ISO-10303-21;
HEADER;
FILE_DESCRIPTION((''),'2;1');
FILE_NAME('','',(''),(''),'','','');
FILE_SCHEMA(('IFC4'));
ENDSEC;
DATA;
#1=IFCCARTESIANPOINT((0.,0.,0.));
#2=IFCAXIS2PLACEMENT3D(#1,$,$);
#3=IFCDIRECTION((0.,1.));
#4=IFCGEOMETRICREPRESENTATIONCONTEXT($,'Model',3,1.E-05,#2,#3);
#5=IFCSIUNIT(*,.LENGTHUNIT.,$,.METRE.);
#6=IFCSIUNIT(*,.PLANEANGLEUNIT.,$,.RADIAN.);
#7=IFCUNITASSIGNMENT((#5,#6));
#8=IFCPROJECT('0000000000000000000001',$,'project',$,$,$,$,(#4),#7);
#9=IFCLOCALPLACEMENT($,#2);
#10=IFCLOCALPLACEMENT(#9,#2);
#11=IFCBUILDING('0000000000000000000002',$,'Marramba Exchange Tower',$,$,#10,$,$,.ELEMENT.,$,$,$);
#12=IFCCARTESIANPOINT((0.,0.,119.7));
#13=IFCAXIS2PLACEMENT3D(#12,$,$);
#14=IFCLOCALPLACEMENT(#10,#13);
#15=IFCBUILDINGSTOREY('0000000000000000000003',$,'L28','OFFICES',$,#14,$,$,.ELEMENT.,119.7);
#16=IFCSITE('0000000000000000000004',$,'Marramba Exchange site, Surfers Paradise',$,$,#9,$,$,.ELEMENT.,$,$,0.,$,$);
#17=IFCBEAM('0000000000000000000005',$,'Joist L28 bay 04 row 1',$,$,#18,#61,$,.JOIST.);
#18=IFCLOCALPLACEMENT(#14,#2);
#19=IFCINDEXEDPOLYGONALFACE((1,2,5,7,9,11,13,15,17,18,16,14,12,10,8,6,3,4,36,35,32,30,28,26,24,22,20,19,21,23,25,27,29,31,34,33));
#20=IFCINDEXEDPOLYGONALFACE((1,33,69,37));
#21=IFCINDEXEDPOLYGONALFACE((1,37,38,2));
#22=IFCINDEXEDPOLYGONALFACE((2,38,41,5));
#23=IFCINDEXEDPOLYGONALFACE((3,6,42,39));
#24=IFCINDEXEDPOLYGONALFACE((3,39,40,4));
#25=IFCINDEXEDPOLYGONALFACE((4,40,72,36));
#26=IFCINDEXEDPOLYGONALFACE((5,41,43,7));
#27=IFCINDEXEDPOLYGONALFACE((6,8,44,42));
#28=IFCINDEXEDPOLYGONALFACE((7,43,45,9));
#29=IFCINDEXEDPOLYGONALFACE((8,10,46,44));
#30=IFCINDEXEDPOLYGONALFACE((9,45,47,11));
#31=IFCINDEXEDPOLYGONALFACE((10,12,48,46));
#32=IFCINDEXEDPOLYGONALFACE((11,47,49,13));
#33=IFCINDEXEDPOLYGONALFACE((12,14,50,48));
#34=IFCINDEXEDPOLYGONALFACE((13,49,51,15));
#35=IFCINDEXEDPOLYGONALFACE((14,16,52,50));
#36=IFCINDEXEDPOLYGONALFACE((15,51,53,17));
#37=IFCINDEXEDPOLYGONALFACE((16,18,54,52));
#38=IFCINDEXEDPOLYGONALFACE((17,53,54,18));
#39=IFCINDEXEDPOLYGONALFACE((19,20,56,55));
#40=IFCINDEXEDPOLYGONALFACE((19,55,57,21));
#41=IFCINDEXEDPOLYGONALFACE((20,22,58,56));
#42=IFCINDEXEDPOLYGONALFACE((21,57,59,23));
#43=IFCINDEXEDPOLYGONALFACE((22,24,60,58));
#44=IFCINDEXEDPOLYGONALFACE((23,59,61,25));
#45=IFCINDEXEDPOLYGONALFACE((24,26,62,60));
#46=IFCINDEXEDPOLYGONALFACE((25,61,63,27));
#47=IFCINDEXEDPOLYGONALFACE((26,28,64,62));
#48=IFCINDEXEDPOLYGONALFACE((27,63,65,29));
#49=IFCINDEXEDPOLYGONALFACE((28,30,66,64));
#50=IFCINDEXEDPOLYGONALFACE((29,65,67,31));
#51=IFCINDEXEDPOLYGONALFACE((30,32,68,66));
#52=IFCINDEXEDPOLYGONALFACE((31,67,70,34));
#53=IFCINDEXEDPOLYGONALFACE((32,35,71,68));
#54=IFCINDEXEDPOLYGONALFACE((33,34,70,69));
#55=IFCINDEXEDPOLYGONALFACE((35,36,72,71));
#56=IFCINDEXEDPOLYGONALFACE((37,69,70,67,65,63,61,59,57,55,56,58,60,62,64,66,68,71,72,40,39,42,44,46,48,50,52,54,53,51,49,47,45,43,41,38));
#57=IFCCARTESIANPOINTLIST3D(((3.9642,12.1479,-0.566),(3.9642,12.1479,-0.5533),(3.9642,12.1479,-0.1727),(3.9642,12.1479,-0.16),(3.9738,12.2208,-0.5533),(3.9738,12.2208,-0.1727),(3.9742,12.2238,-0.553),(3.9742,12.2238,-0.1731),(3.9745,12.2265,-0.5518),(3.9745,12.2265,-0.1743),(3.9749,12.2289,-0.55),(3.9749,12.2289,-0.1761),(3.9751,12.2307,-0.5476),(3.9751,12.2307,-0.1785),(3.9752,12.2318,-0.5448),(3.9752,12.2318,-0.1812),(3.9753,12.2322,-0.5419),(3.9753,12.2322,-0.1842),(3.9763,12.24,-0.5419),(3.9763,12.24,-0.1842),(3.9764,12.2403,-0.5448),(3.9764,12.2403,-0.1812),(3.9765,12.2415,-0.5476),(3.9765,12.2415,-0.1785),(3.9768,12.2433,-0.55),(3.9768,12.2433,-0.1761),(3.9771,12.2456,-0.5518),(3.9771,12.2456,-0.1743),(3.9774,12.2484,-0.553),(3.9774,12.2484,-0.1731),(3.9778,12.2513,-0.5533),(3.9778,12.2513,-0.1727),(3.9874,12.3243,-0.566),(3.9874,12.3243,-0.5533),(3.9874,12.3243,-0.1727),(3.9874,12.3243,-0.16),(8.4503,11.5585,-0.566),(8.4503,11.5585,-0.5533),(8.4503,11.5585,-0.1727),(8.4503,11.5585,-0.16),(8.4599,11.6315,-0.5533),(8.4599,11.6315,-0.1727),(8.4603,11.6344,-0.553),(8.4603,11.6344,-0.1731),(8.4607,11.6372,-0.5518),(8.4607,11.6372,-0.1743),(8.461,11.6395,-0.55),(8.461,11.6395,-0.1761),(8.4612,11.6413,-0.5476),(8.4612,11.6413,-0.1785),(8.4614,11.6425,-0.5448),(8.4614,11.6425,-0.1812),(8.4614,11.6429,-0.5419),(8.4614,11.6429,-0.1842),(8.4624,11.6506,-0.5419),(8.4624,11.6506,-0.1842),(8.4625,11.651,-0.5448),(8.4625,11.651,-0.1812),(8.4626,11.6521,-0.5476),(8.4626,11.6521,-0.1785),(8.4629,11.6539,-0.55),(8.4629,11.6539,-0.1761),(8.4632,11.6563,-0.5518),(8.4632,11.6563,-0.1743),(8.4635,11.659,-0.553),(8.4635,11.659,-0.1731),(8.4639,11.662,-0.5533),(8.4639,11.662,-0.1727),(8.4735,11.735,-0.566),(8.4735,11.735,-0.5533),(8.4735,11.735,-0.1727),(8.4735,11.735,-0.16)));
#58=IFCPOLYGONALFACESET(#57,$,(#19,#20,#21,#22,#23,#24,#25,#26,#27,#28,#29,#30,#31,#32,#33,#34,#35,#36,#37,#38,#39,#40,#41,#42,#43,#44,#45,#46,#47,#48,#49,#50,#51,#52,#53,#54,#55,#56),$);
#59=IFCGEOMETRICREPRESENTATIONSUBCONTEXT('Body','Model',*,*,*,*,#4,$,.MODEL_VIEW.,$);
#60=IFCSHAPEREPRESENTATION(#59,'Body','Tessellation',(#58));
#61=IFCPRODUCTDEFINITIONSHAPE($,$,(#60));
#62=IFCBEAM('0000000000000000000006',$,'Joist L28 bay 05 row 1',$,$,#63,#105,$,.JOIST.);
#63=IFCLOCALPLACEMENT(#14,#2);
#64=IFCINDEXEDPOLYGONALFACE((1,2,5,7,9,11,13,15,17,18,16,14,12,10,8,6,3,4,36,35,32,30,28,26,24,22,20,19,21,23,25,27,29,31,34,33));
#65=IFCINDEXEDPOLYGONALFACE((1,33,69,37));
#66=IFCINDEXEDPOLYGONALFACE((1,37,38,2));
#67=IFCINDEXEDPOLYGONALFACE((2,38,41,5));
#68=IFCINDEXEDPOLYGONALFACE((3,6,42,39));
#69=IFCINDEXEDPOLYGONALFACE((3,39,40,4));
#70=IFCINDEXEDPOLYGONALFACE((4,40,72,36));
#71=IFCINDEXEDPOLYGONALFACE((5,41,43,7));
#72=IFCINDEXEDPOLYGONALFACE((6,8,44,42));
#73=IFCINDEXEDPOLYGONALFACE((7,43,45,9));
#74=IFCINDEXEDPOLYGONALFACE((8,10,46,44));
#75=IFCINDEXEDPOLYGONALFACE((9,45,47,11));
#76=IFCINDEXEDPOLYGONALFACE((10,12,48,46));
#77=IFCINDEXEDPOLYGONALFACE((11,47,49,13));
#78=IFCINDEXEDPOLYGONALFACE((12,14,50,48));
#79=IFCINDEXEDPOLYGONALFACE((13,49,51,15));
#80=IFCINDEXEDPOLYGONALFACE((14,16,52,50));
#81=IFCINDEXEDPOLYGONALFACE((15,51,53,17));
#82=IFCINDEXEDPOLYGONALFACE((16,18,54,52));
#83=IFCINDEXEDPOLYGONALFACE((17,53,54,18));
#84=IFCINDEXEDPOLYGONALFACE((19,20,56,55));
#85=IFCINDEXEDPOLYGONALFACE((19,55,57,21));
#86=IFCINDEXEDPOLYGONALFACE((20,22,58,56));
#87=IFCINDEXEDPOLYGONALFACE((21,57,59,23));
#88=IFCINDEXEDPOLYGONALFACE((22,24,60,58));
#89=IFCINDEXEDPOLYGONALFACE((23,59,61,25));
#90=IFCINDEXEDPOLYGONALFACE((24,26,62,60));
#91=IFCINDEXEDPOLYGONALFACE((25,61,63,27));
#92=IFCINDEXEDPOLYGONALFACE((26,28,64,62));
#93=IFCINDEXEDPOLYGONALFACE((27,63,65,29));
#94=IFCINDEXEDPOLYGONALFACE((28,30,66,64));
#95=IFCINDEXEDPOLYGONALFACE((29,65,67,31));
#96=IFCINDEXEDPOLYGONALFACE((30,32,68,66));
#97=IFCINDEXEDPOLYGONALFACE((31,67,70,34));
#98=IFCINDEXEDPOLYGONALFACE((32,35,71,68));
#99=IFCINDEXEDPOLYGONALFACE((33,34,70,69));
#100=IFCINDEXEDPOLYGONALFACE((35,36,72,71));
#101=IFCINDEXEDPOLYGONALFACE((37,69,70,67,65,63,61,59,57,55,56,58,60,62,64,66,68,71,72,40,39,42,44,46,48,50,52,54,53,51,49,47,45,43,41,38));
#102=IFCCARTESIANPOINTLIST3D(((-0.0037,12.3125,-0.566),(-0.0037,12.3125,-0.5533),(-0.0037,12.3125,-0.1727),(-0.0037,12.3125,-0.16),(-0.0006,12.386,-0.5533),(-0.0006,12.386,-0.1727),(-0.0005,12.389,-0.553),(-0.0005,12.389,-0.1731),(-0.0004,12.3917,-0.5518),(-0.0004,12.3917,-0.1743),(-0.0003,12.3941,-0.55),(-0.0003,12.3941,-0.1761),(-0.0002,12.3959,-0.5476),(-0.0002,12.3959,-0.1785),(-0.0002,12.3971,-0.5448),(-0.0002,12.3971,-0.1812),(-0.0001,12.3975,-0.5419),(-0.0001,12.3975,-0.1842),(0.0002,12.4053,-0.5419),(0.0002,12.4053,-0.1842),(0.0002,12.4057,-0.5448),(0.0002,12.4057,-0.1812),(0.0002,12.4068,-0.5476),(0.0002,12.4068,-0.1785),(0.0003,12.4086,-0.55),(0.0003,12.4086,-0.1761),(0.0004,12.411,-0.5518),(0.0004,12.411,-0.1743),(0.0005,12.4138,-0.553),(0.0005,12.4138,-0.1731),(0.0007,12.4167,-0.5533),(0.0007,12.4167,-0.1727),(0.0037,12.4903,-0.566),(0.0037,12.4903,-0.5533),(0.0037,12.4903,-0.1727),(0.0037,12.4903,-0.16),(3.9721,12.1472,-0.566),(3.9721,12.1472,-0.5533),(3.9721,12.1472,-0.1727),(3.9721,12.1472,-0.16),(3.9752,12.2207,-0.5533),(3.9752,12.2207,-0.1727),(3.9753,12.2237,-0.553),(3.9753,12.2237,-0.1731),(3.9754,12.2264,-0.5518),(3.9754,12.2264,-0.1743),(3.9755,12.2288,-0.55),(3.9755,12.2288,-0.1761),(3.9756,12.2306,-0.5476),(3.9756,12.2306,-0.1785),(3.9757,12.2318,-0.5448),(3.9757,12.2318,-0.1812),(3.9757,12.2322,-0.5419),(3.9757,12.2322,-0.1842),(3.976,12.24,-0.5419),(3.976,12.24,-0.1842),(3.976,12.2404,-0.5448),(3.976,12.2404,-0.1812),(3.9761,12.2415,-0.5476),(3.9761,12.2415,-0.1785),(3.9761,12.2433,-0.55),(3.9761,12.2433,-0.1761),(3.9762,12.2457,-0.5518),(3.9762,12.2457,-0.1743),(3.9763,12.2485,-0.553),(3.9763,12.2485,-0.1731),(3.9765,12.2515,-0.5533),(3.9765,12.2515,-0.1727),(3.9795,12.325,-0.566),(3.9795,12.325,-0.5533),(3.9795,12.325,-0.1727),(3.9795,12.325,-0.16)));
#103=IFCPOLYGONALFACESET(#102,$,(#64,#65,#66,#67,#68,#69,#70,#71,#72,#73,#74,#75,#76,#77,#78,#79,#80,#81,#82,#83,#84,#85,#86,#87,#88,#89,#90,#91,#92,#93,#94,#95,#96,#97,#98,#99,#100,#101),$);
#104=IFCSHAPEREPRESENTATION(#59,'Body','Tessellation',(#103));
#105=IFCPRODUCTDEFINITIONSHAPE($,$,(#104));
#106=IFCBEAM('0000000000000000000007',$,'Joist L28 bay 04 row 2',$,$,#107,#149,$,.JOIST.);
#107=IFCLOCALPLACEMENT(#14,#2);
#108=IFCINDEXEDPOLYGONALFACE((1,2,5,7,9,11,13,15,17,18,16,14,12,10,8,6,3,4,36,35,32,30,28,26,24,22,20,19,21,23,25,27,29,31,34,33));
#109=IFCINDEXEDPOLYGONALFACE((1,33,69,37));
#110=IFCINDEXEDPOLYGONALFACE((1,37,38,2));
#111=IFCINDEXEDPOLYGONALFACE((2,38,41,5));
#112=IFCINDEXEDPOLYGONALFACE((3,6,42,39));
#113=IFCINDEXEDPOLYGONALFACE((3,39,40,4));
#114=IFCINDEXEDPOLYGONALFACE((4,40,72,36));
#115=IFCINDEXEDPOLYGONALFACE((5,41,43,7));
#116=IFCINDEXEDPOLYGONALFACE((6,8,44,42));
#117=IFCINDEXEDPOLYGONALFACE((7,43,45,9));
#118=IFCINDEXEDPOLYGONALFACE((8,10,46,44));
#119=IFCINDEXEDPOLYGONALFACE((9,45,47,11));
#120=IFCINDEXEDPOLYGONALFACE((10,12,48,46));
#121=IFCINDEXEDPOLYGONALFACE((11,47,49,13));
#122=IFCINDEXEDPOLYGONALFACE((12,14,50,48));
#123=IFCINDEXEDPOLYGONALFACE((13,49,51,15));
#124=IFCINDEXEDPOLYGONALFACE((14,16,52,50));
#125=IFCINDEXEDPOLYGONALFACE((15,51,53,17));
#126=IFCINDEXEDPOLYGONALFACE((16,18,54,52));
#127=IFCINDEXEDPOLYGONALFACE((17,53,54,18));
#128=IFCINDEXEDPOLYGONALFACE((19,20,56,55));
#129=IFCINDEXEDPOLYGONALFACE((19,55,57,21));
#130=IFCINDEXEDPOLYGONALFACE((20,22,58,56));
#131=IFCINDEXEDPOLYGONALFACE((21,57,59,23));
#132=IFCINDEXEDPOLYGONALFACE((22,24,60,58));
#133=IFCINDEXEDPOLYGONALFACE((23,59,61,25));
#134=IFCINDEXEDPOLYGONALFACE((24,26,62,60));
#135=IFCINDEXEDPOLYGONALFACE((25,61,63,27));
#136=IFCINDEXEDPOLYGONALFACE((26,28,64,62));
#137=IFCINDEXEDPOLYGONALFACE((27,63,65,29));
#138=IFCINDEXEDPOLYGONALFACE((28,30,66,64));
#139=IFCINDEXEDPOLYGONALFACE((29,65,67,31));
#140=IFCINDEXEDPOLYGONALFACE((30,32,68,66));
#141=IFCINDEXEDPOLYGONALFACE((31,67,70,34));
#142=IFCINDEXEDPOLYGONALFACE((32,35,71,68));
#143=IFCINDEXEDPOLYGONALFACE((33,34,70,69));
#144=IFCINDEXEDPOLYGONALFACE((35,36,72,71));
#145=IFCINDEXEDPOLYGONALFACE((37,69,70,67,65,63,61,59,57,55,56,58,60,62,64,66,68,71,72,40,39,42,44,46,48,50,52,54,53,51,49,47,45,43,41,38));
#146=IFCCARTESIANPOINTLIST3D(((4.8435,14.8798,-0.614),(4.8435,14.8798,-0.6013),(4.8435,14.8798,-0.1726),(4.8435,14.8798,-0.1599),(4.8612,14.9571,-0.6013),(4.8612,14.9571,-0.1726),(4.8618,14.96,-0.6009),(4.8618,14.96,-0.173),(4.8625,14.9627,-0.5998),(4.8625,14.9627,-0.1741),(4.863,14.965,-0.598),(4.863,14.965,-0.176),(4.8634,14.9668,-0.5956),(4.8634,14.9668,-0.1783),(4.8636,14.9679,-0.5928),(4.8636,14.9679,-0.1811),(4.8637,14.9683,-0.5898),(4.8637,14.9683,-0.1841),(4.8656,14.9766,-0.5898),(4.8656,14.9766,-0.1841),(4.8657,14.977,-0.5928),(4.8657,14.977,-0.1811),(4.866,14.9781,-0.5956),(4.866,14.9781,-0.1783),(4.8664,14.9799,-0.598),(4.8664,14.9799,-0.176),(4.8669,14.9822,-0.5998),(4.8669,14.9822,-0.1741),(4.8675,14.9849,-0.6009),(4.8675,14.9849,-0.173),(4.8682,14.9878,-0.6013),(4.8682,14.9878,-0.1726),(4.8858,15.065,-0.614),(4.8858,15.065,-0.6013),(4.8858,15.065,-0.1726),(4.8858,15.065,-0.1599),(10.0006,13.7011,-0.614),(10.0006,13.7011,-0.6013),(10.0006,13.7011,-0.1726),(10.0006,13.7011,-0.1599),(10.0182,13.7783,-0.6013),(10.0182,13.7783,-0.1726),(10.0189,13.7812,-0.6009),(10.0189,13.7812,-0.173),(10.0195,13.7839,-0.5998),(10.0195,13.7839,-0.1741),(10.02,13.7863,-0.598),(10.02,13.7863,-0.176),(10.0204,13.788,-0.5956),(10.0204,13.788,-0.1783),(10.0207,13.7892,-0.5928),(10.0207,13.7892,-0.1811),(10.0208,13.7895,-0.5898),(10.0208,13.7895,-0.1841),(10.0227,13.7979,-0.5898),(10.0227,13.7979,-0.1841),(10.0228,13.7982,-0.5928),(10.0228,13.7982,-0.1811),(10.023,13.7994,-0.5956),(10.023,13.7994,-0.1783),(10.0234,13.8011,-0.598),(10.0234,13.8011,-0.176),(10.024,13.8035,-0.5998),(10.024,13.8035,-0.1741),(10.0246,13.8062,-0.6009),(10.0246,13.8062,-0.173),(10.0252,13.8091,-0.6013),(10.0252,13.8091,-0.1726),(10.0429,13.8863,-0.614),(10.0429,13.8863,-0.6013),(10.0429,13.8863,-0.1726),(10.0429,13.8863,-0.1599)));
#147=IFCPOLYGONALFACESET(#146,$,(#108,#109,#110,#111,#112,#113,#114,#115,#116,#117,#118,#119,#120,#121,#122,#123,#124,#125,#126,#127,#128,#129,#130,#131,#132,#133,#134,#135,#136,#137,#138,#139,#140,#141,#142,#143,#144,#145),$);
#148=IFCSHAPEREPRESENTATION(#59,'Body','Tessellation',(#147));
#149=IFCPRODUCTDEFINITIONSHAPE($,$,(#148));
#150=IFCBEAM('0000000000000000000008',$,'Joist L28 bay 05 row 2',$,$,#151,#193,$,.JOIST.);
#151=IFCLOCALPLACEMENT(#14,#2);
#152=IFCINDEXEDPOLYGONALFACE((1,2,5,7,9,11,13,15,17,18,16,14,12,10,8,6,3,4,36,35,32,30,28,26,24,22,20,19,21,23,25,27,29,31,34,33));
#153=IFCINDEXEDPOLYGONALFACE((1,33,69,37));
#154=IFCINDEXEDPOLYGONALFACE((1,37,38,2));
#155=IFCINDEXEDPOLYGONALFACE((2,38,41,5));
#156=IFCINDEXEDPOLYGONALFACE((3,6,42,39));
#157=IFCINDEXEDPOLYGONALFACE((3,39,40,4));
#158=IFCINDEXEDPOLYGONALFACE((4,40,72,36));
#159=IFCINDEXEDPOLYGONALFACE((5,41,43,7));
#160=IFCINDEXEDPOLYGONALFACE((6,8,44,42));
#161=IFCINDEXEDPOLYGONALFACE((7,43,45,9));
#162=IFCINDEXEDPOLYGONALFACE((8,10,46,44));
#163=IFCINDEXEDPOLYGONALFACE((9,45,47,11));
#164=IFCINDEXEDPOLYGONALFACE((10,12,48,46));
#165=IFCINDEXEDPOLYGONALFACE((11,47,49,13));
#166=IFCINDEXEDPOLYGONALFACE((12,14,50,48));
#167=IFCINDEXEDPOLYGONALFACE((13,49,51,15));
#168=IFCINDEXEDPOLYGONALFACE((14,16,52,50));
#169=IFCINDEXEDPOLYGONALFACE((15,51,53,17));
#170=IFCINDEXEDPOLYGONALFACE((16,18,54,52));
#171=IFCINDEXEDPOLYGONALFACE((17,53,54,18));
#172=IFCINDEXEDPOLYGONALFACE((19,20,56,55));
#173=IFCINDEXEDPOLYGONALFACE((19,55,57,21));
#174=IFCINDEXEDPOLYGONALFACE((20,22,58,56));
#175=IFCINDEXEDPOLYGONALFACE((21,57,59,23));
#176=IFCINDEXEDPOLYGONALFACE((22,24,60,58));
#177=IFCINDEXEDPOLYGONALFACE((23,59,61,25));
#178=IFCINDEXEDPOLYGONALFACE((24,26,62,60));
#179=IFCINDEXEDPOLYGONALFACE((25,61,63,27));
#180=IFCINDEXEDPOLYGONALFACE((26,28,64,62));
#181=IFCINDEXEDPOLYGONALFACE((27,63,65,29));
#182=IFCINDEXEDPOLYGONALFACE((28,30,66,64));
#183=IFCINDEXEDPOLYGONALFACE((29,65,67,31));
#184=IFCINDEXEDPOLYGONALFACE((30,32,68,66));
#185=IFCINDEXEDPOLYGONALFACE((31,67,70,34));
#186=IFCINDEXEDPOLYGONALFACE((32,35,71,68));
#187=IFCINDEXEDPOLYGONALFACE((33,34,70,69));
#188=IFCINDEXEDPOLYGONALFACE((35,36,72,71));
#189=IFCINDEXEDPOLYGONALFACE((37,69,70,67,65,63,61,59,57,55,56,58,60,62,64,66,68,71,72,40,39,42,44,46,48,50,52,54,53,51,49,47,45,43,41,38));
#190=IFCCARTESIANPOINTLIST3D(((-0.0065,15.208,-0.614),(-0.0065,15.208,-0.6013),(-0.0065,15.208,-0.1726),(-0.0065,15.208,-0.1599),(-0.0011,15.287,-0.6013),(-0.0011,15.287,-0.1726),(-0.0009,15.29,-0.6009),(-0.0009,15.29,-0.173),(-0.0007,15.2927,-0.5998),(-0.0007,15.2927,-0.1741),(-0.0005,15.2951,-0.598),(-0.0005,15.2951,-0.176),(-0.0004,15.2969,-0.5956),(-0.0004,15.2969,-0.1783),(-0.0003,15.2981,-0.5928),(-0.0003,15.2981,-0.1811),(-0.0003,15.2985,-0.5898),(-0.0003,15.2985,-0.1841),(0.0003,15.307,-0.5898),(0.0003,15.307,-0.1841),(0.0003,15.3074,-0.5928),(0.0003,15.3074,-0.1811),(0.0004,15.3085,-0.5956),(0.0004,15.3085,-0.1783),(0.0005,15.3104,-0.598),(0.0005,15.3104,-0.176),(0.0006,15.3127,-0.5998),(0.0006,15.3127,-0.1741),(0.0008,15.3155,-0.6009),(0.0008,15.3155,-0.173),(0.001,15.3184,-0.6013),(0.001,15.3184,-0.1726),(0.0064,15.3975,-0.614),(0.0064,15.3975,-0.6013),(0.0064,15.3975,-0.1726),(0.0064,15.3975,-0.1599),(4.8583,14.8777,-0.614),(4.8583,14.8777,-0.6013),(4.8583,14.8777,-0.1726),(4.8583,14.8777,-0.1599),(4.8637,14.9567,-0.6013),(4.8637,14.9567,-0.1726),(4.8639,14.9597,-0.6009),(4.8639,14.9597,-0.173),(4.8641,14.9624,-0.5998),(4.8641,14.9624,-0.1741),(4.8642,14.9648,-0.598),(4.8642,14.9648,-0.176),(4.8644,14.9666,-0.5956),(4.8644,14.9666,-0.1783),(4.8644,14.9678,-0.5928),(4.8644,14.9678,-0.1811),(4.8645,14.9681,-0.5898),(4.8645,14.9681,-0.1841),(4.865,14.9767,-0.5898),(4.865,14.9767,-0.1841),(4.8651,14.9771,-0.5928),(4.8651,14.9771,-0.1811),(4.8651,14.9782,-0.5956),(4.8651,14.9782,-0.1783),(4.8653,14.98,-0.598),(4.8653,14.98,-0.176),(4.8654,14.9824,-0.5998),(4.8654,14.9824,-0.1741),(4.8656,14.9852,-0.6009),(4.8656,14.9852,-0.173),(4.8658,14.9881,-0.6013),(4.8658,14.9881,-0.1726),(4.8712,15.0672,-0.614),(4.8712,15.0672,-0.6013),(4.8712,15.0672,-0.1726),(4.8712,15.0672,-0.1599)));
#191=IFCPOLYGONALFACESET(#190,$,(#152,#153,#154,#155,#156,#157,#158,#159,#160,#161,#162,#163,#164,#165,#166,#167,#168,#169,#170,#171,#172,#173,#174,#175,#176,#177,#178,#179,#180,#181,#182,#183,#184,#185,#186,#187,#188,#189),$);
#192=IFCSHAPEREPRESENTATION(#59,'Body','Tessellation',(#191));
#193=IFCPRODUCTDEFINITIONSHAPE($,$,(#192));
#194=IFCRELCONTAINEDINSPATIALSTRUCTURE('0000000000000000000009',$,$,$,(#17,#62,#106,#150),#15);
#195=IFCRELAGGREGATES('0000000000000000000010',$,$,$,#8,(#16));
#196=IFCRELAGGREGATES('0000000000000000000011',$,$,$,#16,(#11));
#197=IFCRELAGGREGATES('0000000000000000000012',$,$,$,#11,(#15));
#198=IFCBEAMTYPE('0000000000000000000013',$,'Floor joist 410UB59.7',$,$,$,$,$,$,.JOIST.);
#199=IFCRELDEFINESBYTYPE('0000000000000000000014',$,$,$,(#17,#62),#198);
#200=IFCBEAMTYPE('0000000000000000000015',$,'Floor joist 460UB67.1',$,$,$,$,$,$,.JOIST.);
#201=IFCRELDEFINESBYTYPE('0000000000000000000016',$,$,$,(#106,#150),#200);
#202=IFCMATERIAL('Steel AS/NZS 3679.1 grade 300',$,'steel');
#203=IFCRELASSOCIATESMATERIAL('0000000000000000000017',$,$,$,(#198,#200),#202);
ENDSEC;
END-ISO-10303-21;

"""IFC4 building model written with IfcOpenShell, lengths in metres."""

from ifc_helpers import new_model, si_unit, direction, frame, origin, origin_2d, place, context, subcontext, project, spatial, i_section, extrude, material, material_profile, profile_set, type_object, element, save


model = new_model("IFC4")

# Units and contexts
model_context = context("Model", 3, precision=1e-05, world=origin(), true_north=direction((0.0, 1.0)))
body_context = subcontext(model_context, "Body", "Model", "MODEL_VIEW")
ifc_project = project(units=[si_unit("LENGTHUNIT", "METRE"), si_unit("PLANEANGLEUNIT", "RADIAN")], contexts=[model_context])

# Site, building, storey
site_placement = place(None, origin())
site = spatial("IfcSite", under=ifc_project, at=site_placement, Name="Marramba Exchange site, Surfers Paradise", CompositionType="ELEMENT", RefElevation=0.0)
building_placement = place(site_placement, origin())
building = spatial("IfcBuilding", under=site, at=building_placement, Name="Marramba Exchange Tower", CompositionType="ELEMENT")
storey_placement = place(building_placement, frame((0.0, 0.0, 119.7)))
storey = spatial("IfcBuildingStorey", under=building, at=storey_placement, Name="L28", Description="OFFICES", CompositionType="ELEMENT", Elevation=119.7)

# Beams
ifc_material_1 = material(Name="Steel AS/NZS 3679.1 grade 300", Category="steel")
ifc_material_profile_1 = material_profile(ifc_material_1, i_section(OverallWidth=0.178, OverallDepth=0.406, WebThickness=0.0078, FlangeThickness=0.0127, FilletRadius=0.0115, at=origin_2d()), Name="410UB59.7")
ifc_profile_set_1 = profile_set([ifc_material_profile_1], Name="Steel AS/NZS 3679.1 grade 300")
beam_type_1 = type_object("IfcBeamType", Name="Floor joist 410UB59.7", PredefinedType="JOIST", material=ifc_profile_set_1)
beam_1_placement = place(storey_placement, frame((8.4619, 11.6467, -0.363), z_axis=(-0.991481, 0.130255, 0.0), x_axis=(-0.130255, -0.991481, 0.0)))
element("IfcBeam", 1, at=beam_1_placement, inside=storey, type_object=beam_type_1, Name="Joist L28 bay 04 row 1", PredefinedType="JOIST", context=body_context, shape_type="SweptSolid", body=[
    extrude(i_section(OverallWidth=0.178, OverallDepth=0.406, WebThickness=0.0078, FlangeThickness=0.0127, FilletRadius=0.0115, at=origin_2d()), origin(), (0.0, 0.0, 1.0), 4.5247),
])
beam_2_placement = place(storey_placement, frame((3.9758, 12.2361, -0.363), z_axis=(-0.999137, 0.041536, 0.0), x_axis=(-0.041536, -0.999137, 0.0)))
element("IfcBeam", 2, at=beam_2_placement, inside=storey, type_object=beam_type_1, Name="Joist L28 bay 05 row 1", PredefinedType="JOIST", context=body_context, shape_type="SweptSolid", body=[
    extrude(i_section(OverallWidth=0.178, OverallDepth=0.406, WebThickness=0.0078, FlangeThickness=0.0127, FilletRadius=0.0115, at=origin_2d()), origin(), (0.0, 0.0, 1.0), 3.9792),
])
ifc_material_profile_2 = material_profile(ifc_material_1, i_section(OverallWidth=0.1899, OverallDepth=0.4541, WebThickness=0.0085, FlangeThickness=0.0127, FilletRadius=0.0115, at=origin_2d()), Name="460UB67.1")
ifc_profile_set_2 = profile_set([ifc_material_profile_2], Name="Steel AS/NZS 3679.1 grade 300")
beam_type_2 = type_object("IfcBeamType", Name="Floor joist 460UB67.1", PredefinedType="JOIST", material=ifc_profile_set_2)
beam_3_placement = place(storey_placement, frame((10.0217, 13.7937, -0.387), z_axis=(-0.97486, 0.22282, 0.0), x_axis=(-0.22282, -0.97486, 0.0)))
element("IfcBeam", 3, at=beam_3_placement, inside=storey, type_object=beam_type_2, Name="Joist L28 bay 04 row 2", PredefinedType="JOIST", context=body_context, shape_type="SweptSolid", body=[
    extrude(i_section(OverallWidth=0.1899, OverallDepth=0.4541, WebThickness=0.0085, FlangeThickness=0.0127, FilletRadius=0.0115, at=origin_2d()), origin(), (0.0, 0.0, 1.0), 5.29),
])
beam_4_placement = place(storey_placement, frame((4.8647, 14.9724, -0.387), z_axis=(-0.997703, 0.067745, 0.0), x_axis=(-0.067745, -0.997703, 0.0)))
element("IfcBeam", 4, at=beam_4_placement, inside=storey, type_object=beam_type_2, Name="Joist L28 bay 05 row 2", PredefinedType="JOIST", context=body_context, shape_type="SweptSolid", body=[
    extrude(i_section(OverallWidth=0.1899, OverallDepth=0.4541, WebThickness=0.0085, FlangeThickness=0.0127, FilletRadius=0.0115, at=origin_2d()), origin(), (0.0, 0.0, 1.0), 4.876),
])

save(model, "model.ifc")
